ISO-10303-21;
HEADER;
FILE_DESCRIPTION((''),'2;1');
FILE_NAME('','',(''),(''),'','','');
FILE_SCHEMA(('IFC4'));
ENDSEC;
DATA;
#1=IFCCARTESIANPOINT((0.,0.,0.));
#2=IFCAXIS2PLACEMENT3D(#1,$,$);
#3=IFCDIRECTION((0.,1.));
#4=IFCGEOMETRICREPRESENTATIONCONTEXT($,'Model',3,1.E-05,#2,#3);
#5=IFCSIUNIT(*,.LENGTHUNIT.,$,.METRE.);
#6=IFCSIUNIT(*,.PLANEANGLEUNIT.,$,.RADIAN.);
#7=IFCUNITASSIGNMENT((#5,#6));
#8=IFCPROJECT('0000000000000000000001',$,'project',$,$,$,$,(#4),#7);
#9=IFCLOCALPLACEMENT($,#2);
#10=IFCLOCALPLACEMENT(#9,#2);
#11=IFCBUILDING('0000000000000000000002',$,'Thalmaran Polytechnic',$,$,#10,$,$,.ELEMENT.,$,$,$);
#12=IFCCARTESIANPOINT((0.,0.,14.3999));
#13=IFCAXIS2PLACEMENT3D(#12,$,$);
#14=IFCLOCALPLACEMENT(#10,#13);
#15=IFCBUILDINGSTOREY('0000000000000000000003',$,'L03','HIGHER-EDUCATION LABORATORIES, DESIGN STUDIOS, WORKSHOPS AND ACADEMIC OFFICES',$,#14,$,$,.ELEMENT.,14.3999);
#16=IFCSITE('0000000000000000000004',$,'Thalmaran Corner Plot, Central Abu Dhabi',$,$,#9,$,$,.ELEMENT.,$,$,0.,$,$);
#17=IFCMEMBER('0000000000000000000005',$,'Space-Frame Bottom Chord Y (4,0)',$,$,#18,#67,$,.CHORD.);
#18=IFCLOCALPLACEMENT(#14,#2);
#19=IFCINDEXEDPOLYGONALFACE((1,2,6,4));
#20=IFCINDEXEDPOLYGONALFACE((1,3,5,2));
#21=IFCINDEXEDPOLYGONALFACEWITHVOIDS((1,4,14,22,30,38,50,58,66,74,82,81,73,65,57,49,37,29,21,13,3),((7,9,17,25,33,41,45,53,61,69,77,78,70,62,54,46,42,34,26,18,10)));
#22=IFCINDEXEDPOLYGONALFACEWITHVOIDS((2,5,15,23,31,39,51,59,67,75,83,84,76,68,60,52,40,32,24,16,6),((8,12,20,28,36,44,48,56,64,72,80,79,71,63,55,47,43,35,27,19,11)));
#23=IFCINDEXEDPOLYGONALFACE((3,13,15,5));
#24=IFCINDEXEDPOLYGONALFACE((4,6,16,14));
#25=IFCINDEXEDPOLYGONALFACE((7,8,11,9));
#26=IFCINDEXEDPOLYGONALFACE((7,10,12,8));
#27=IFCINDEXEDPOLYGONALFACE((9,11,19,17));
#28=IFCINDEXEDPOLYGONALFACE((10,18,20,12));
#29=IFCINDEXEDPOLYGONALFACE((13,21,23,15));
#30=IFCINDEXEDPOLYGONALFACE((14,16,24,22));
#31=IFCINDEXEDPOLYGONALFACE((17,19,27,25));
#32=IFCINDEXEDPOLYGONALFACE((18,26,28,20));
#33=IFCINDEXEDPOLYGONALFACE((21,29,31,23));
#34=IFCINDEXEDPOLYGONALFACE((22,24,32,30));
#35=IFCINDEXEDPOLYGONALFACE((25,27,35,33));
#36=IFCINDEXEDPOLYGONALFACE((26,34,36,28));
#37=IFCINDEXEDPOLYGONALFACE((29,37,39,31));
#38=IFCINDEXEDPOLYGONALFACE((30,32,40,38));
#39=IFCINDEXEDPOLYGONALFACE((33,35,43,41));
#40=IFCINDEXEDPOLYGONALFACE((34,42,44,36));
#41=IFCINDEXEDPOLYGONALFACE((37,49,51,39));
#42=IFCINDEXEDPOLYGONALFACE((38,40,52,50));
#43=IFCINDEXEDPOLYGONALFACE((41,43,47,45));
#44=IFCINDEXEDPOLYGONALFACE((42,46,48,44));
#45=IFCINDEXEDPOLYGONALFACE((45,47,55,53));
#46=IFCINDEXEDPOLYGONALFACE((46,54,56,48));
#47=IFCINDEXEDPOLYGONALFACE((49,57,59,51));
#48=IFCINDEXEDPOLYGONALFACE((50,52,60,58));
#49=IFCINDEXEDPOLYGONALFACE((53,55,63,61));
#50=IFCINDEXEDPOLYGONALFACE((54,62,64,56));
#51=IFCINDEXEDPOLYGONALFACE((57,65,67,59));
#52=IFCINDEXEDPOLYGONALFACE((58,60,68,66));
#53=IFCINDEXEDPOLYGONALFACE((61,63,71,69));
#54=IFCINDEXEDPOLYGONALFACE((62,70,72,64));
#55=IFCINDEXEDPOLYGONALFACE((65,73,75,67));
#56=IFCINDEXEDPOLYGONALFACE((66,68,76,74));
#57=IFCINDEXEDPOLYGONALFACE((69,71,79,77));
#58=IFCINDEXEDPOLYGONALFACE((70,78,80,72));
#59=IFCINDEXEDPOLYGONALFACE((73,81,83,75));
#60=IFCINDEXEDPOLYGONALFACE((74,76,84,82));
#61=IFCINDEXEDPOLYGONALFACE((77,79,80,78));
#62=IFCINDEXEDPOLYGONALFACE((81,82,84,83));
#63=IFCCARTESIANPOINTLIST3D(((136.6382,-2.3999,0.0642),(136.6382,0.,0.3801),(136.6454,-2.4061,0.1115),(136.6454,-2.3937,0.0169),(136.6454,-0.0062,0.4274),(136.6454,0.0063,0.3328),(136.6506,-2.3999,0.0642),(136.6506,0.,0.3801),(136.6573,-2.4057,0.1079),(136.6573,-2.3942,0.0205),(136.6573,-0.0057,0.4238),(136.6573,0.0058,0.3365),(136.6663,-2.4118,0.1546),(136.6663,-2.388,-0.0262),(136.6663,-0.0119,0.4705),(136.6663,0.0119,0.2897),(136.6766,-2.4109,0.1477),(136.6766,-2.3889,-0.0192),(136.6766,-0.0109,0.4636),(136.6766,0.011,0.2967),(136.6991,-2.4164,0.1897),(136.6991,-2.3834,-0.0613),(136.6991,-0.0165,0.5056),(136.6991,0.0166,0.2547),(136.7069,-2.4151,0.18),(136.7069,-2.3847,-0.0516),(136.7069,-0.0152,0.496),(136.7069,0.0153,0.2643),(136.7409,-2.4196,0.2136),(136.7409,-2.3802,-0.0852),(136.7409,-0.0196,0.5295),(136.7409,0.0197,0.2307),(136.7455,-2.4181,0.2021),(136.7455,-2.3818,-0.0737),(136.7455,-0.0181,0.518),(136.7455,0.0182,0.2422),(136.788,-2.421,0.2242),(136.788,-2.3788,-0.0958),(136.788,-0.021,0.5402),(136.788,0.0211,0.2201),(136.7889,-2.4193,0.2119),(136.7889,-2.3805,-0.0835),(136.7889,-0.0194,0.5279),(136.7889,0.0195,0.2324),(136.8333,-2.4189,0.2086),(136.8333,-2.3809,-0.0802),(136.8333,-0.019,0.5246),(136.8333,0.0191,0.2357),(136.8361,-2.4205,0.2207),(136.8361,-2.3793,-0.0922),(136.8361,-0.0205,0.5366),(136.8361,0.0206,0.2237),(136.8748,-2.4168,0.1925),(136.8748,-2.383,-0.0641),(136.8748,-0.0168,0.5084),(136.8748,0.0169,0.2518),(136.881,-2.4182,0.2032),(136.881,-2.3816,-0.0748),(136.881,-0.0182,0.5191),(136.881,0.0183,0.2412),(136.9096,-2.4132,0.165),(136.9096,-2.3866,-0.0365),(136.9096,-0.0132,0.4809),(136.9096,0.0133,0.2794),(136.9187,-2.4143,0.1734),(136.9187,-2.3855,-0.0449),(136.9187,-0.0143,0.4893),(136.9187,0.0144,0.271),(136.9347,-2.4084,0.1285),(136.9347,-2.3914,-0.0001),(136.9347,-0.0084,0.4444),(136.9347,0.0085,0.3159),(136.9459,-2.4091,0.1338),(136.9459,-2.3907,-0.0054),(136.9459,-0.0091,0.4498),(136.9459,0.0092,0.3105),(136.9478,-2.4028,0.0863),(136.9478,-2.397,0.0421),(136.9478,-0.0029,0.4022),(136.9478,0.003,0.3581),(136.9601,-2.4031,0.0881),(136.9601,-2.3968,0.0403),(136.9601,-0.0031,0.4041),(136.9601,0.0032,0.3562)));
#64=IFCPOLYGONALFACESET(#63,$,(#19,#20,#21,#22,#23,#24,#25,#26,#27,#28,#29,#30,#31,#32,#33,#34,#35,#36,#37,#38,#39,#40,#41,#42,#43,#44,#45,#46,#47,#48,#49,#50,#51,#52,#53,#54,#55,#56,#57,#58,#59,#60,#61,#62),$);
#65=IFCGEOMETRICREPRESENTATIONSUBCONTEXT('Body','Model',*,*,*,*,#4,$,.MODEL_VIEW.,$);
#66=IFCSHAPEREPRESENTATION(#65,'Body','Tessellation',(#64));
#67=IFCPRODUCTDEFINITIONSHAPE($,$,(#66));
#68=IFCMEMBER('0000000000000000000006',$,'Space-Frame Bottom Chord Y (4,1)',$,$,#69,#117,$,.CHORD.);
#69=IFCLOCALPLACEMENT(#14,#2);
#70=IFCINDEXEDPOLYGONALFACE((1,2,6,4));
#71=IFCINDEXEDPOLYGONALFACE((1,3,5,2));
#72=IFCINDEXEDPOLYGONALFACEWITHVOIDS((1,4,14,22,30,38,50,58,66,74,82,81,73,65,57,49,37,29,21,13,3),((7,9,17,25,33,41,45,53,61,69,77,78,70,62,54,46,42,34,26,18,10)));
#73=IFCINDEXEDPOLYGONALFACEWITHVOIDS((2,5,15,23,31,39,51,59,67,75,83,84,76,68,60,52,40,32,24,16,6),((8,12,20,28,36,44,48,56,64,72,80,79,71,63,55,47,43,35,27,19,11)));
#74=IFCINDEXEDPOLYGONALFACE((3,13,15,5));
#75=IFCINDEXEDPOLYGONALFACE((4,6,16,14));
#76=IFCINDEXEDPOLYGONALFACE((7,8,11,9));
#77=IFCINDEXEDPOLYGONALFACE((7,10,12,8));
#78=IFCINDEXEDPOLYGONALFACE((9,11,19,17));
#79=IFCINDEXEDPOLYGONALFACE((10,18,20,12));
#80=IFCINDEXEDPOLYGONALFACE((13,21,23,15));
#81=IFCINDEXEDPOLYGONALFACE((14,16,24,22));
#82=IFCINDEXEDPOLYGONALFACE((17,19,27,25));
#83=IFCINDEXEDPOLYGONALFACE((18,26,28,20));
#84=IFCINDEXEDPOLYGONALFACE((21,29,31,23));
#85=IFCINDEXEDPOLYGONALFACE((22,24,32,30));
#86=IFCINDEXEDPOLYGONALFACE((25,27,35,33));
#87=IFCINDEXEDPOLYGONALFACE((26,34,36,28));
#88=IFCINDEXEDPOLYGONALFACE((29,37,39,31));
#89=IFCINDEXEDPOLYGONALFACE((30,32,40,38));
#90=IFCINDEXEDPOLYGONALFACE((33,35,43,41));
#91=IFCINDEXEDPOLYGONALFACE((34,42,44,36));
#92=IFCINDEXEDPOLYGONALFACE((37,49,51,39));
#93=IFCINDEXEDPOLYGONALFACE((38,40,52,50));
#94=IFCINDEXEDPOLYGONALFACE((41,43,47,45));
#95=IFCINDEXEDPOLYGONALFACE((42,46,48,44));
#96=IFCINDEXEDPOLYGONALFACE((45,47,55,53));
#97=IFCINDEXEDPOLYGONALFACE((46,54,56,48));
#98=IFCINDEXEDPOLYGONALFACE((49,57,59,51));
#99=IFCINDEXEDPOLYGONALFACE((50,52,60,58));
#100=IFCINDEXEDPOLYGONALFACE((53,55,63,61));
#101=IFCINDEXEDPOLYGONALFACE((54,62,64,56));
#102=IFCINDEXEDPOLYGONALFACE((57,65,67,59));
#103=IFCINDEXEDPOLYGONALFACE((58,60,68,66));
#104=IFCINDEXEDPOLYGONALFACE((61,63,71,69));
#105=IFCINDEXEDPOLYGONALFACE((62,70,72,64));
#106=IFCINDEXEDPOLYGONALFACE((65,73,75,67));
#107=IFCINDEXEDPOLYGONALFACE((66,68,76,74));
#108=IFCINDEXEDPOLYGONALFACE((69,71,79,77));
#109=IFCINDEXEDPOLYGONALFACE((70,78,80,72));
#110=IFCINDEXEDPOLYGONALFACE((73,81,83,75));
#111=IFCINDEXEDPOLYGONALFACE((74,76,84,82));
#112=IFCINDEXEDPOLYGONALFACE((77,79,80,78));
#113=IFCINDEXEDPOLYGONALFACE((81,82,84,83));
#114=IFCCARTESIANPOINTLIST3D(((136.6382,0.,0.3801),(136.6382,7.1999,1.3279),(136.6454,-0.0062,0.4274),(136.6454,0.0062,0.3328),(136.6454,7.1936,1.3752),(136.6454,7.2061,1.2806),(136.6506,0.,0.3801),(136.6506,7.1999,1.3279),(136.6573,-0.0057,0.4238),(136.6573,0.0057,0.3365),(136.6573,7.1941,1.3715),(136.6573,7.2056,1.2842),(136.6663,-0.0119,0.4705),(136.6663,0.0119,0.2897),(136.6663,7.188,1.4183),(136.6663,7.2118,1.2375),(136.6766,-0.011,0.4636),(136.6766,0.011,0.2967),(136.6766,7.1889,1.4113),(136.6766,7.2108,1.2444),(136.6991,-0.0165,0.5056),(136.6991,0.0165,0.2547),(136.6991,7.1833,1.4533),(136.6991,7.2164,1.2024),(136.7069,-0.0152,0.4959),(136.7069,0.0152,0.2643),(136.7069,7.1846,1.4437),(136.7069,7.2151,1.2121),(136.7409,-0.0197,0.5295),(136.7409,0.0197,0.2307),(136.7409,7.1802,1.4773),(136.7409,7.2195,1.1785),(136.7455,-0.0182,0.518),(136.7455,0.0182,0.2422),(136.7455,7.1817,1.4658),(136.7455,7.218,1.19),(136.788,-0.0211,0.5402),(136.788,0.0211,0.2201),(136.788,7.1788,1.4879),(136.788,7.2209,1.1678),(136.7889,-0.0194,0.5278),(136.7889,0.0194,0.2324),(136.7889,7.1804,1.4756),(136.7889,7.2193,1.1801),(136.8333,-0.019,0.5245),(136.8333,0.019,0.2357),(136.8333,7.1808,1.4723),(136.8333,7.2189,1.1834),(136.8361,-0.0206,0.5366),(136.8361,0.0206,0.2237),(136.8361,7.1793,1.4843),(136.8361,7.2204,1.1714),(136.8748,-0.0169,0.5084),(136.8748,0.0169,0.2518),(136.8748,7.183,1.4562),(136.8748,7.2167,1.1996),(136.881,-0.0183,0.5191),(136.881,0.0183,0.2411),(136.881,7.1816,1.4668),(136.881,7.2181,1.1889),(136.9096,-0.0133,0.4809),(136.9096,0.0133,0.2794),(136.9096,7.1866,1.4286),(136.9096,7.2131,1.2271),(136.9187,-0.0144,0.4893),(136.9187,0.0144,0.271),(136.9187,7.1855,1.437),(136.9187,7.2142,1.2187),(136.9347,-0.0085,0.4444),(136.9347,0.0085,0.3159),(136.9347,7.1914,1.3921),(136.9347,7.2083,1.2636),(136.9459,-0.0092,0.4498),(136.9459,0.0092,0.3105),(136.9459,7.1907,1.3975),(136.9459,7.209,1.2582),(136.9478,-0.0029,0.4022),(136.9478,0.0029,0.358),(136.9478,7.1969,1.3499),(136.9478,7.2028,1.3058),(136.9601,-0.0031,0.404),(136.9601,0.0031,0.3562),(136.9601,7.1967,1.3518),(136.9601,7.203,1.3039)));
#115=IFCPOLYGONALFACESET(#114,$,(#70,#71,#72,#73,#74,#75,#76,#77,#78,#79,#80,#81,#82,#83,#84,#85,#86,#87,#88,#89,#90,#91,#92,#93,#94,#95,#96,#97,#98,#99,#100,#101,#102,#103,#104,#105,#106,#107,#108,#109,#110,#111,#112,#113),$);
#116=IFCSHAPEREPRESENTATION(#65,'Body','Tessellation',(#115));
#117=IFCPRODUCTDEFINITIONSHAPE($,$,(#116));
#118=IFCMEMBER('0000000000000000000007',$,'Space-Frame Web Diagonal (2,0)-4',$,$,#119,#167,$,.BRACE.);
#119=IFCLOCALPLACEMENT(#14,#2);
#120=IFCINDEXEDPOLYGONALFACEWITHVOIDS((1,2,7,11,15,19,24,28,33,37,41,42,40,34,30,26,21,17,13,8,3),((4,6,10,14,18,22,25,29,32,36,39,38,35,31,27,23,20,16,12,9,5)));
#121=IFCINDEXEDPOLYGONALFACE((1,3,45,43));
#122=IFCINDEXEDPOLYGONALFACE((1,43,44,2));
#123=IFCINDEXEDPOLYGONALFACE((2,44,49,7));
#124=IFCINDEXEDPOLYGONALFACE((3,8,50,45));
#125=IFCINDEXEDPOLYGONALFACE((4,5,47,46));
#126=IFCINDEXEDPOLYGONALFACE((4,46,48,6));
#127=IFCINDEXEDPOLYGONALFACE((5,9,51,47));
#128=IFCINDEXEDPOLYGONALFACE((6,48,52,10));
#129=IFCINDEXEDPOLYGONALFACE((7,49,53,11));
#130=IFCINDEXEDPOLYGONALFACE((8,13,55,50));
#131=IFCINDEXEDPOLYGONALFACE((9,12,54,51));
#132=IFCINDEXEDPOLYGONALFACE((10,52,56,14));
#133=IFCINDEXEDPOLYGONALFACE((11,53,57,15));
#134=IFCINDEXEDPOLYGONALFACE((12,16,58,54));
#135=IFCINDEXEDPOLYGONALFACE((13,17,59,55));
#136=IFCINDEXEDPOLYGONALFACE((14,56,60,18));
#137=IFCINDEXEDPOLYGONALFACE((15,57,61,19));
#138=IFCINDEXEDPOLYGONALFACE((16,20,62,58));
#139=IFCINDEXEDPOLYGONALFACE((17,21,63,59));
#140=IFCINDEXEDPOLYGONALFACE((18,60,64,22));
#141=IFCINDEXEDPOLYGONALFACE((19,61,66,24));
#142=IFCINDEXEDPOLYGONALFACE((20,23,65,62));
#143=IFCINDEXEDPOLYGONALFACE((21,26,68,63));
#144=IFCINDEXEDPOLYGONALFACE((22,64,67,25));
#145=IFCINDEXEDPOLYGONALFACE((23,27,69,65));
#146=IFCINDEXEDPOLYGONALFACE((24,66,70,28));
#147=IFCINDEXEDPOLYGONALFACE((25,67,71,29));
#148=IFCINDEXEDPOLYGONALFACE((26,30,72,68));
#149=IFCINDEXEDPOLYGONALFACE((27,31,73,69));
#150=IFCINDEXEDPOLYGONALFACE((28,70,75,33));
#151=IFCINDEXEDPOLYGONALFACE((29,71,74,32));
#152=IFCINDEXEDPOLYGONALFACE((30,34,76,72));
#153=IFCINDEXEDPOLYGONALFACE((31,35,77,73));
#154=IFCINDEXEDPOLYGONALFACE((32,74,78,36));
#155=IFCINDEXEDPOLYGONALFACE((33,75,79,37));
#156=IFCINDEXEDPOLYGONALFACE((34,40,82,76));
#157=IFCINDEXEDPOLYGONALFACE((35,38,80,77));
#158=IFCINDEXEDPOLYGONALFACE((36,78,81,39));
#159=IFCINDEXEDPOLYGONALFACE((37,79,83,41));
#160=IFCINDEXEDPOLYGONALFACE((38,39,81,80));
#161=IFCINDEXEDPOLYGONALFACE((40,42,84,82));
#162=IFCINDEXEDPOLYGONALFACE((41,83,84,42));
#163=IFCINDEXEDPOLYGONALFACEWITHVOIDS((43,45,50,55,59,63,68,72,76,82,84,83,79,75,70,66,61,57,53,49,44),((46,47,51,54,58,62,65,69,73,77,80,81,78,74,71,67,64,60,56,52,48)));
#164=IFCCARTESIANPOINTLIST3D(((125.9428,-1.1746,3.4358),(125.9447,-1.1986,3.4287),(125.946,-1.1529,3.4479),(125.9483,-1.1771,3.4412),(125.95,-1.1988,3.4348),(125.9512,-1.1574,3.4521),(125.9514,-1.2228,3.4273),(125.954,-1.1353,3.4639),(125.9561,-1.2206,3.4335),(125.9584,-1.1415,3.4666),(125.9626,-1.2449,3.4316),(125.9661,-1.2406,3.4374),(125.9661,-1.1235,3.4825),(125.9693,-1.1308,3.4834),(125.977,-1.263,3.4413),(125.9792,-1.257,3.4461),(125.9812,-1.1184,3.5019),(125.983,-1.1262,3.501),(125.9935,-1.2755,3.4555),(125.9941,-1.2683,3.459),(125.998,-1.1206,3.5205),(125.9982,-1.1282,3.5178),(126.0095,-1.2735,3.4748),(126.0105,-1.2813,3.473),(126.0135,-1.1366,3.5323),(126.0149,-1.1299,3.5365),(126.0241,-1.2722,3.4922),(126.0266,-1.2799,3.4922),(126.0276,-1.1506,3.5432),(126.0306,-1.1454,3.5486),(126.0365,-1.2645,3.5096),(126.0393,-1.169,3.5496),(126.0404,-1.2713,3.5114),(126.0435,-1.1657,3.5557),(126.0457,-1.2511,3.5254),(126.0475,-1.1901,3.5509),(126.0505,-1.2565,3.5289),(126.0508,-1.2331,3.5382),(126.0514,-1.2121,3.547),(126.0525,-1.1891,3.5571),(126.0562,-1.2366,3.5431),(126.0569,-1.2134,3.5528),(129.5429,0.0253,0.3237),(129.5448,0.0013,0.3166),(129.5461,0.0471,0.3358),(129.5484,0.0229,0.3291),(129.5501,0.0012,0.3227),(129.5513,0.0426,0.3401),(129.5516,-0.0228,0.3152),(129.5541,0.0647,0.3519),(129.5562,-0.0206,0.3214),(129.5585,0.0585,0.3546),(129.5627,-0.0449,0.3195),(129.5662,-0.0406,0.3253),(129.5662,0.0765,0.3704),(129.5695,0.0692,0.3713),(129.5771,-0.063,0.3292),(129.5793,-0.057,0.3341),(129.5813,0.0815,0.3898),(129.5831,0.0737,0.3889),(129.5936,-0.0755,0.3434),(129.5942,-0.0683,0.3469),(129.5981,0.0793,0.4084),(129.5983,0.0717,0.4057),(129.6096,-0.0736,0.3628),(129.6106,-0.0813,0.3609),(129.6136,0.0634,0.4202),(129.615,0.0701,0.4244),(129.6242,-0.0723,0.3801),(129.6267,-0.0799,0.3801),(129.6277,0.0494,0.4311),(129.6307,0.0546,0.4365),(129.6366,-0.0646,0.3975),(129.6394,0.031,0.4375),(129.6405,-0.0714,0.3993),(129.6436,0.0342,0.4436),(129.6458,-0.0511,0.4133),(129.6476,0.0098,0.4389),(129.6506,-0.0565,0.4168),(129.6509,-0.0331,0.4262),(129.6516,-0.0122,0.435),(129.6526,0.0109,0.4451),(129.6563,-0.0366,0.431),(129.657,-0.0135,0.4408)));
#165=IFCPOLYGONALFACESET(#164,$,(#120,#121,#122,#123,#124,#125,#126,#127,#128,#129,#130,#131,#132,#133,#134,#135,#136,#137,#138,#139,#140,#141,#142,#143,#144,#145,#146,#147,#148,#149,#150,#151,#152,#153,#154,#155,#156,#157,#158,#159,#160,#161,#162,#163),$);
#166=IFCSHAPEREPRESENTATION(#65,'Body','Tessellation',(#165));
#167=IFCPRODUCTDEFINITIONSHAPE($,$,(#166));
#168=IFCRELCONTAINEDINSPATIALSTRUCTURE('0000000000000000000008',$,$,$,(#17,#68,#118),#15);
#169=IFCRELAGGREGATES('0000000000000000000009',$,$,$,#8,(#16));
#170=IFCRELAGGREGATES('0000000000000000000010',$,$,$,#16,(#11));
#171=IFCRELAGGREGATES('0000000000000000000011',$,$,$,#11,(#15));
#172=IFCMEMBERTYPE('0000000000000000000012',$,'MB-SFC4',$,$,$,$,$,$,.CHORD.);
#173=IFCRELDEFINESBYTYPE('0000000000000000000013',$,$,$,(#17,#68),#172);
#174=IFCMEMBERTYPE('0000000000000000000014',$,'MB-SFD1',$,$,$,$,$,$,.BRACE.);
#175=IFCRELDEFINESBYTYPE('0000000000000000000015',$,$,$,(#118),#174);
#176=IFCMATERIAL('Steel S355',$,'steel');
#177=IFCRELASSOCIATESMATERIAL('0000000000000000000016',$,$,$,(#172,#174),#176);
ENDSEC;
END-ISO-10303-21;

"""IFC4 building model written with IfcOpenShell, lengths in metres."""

from ifc_helpers import new_model, si_unit, direction, frame, origin, origin_2d, place, context, subcontext, project, spatial, hollow_circle, extrude, material, material_profile, profile_set, type_object, element, save


model = new_model("IFC4")

# Units and contexts
model_context = context("Model", 3, precision=1e-05, world=origin(), true_north=direction((0.0, 1.0)))
body_context = subcontext(model_context, "Body", "Model", "MODEL_VIEW")
ifc_project = project(units=[si_unit("LENGTHUNIT", "METRE"), si_unit("PLANEANGLEUNIT", "RADIAN")], contexts=[model_context])

# Site, building, storey
site_placement = place(None, origin())
site = spatial("IfcSite", under=ifc_project, at=site_placement, Name="Thalmaran Corner Plot, Central Abu Dhabi", CompositionType="ELEMENT", RefElevation=0.0)
building_placement = place(site_placement, origin())
building = spatial("IfcBuilding", under=site, at=building_placement, Name="Thalmaran Polytechnic", CompositionType="ELEMENT")
storey_placement = place(building_placement, frame((0.0, 0.0, 14.3999)))
storey = spatial("IfcBuildingStorey", under=building, at=storey_placement, Name="L03", Description="HIGHER-EDUCATION LABORATORIES, DESIGN STUDIOS, WORKSHOPS AND ACADEMIC OFFICES", CompositionType="ELEMENT", Elevation=14.3999)

# Shared definitions
ifc_material_1 = material(Name="Steel S355", Category="steel")

# Members
ifc_material_profile_1 = material_profile(ifc_material_1, hollow_circle(Radius=0.1619, WallThickness=0.0125, at=origin_2d()), Name="CHS 323.9x12.5")
ifc_profile_set_1 = profile_set([ifc_material_profile_1], Name="Steel S355")
member_type_1 = type_object("IfcMemberType", Name="MB-SFC4", PredefinedType="CHORD", material=ifc_profile_set_1)
member_1_placement = place(storey_placement, frame((136.8, -2.3999, 0.0642), z_axis=(0.0, 0.991447, 0.130512), x_axis=(-1.0, 0.0, 0.0)))
element("IfcMember", 1, at=member_1_placement, inside=storey, type_object=member_type_1, Name="Space-Frame Bottom Chord Y (4,0)", PredefinedType="CHORD", context=body_context, shape_type="SweptSolid", body=[
    extrude(hollow_circle(Radius=0.1619, WallThickness=0.0125, at=origin_2d()), origin(), (0.0, 0.0, 1.0), 2.4207),
])
member_2_placement = place(storey_placement, frame((136.8, 0.0, 0.3801), z_axis=(0.0, 0.991447, 0.130508), x_axis=(-1.0, 0.0, 0.0)))
element("IfcMember", 2, at=member_2_placement, inside=storey, type_object=member_type_1, Name="Space-Frame Bottom Chord Y (4,1)", PredefinedType="CHORD", context=body_context, shape_type="SweptSolid", body=[
    extrude(hollow_circle(Radius=0.1619, WallThickness=0.0125, at=origin_2d()), origin(), (0.0, 0.0, 1.0), 7.262),
])
ifc_material_profile_2 = material_profile(ifc_material_1, hollow_circle(Radius=0.0842, WallThickness=0.0081, at=origin_2d()), Name="CHS 168.3x8.0")
ifc_profile_set_2 = profile_set([ifc_material_profile_2], Name="Steel S355")
member_type_2 = type_object("IfcMemberType", Name="MB-SFD1", PredefinedType="BRACE", material=ifc_profile_set_2)
member_3_placement = place(storey_placement, frame((129.6001, 0.0, 0.3801), z_axis=(-0.733561, -0.244504, 0.634118), x_axis=(0.316208, -0.94869, 0.0)))
element("IfcMember", 3, at=member_3_placement, inside=storey, type_object=member_type_2, Name="Space-Frame Web Diagonal (2,0)-4", PredefinedType="BRACE", context=body_context, shape_type="SweptSolid", body=[
    extrude(hollow_circle(Radius=0.0842, WallThickness=0.0081, at=origin_2d()), origin(), (0.0, 0.0, 1.0), 4.9077),
])

save(model, "model.ifc")
